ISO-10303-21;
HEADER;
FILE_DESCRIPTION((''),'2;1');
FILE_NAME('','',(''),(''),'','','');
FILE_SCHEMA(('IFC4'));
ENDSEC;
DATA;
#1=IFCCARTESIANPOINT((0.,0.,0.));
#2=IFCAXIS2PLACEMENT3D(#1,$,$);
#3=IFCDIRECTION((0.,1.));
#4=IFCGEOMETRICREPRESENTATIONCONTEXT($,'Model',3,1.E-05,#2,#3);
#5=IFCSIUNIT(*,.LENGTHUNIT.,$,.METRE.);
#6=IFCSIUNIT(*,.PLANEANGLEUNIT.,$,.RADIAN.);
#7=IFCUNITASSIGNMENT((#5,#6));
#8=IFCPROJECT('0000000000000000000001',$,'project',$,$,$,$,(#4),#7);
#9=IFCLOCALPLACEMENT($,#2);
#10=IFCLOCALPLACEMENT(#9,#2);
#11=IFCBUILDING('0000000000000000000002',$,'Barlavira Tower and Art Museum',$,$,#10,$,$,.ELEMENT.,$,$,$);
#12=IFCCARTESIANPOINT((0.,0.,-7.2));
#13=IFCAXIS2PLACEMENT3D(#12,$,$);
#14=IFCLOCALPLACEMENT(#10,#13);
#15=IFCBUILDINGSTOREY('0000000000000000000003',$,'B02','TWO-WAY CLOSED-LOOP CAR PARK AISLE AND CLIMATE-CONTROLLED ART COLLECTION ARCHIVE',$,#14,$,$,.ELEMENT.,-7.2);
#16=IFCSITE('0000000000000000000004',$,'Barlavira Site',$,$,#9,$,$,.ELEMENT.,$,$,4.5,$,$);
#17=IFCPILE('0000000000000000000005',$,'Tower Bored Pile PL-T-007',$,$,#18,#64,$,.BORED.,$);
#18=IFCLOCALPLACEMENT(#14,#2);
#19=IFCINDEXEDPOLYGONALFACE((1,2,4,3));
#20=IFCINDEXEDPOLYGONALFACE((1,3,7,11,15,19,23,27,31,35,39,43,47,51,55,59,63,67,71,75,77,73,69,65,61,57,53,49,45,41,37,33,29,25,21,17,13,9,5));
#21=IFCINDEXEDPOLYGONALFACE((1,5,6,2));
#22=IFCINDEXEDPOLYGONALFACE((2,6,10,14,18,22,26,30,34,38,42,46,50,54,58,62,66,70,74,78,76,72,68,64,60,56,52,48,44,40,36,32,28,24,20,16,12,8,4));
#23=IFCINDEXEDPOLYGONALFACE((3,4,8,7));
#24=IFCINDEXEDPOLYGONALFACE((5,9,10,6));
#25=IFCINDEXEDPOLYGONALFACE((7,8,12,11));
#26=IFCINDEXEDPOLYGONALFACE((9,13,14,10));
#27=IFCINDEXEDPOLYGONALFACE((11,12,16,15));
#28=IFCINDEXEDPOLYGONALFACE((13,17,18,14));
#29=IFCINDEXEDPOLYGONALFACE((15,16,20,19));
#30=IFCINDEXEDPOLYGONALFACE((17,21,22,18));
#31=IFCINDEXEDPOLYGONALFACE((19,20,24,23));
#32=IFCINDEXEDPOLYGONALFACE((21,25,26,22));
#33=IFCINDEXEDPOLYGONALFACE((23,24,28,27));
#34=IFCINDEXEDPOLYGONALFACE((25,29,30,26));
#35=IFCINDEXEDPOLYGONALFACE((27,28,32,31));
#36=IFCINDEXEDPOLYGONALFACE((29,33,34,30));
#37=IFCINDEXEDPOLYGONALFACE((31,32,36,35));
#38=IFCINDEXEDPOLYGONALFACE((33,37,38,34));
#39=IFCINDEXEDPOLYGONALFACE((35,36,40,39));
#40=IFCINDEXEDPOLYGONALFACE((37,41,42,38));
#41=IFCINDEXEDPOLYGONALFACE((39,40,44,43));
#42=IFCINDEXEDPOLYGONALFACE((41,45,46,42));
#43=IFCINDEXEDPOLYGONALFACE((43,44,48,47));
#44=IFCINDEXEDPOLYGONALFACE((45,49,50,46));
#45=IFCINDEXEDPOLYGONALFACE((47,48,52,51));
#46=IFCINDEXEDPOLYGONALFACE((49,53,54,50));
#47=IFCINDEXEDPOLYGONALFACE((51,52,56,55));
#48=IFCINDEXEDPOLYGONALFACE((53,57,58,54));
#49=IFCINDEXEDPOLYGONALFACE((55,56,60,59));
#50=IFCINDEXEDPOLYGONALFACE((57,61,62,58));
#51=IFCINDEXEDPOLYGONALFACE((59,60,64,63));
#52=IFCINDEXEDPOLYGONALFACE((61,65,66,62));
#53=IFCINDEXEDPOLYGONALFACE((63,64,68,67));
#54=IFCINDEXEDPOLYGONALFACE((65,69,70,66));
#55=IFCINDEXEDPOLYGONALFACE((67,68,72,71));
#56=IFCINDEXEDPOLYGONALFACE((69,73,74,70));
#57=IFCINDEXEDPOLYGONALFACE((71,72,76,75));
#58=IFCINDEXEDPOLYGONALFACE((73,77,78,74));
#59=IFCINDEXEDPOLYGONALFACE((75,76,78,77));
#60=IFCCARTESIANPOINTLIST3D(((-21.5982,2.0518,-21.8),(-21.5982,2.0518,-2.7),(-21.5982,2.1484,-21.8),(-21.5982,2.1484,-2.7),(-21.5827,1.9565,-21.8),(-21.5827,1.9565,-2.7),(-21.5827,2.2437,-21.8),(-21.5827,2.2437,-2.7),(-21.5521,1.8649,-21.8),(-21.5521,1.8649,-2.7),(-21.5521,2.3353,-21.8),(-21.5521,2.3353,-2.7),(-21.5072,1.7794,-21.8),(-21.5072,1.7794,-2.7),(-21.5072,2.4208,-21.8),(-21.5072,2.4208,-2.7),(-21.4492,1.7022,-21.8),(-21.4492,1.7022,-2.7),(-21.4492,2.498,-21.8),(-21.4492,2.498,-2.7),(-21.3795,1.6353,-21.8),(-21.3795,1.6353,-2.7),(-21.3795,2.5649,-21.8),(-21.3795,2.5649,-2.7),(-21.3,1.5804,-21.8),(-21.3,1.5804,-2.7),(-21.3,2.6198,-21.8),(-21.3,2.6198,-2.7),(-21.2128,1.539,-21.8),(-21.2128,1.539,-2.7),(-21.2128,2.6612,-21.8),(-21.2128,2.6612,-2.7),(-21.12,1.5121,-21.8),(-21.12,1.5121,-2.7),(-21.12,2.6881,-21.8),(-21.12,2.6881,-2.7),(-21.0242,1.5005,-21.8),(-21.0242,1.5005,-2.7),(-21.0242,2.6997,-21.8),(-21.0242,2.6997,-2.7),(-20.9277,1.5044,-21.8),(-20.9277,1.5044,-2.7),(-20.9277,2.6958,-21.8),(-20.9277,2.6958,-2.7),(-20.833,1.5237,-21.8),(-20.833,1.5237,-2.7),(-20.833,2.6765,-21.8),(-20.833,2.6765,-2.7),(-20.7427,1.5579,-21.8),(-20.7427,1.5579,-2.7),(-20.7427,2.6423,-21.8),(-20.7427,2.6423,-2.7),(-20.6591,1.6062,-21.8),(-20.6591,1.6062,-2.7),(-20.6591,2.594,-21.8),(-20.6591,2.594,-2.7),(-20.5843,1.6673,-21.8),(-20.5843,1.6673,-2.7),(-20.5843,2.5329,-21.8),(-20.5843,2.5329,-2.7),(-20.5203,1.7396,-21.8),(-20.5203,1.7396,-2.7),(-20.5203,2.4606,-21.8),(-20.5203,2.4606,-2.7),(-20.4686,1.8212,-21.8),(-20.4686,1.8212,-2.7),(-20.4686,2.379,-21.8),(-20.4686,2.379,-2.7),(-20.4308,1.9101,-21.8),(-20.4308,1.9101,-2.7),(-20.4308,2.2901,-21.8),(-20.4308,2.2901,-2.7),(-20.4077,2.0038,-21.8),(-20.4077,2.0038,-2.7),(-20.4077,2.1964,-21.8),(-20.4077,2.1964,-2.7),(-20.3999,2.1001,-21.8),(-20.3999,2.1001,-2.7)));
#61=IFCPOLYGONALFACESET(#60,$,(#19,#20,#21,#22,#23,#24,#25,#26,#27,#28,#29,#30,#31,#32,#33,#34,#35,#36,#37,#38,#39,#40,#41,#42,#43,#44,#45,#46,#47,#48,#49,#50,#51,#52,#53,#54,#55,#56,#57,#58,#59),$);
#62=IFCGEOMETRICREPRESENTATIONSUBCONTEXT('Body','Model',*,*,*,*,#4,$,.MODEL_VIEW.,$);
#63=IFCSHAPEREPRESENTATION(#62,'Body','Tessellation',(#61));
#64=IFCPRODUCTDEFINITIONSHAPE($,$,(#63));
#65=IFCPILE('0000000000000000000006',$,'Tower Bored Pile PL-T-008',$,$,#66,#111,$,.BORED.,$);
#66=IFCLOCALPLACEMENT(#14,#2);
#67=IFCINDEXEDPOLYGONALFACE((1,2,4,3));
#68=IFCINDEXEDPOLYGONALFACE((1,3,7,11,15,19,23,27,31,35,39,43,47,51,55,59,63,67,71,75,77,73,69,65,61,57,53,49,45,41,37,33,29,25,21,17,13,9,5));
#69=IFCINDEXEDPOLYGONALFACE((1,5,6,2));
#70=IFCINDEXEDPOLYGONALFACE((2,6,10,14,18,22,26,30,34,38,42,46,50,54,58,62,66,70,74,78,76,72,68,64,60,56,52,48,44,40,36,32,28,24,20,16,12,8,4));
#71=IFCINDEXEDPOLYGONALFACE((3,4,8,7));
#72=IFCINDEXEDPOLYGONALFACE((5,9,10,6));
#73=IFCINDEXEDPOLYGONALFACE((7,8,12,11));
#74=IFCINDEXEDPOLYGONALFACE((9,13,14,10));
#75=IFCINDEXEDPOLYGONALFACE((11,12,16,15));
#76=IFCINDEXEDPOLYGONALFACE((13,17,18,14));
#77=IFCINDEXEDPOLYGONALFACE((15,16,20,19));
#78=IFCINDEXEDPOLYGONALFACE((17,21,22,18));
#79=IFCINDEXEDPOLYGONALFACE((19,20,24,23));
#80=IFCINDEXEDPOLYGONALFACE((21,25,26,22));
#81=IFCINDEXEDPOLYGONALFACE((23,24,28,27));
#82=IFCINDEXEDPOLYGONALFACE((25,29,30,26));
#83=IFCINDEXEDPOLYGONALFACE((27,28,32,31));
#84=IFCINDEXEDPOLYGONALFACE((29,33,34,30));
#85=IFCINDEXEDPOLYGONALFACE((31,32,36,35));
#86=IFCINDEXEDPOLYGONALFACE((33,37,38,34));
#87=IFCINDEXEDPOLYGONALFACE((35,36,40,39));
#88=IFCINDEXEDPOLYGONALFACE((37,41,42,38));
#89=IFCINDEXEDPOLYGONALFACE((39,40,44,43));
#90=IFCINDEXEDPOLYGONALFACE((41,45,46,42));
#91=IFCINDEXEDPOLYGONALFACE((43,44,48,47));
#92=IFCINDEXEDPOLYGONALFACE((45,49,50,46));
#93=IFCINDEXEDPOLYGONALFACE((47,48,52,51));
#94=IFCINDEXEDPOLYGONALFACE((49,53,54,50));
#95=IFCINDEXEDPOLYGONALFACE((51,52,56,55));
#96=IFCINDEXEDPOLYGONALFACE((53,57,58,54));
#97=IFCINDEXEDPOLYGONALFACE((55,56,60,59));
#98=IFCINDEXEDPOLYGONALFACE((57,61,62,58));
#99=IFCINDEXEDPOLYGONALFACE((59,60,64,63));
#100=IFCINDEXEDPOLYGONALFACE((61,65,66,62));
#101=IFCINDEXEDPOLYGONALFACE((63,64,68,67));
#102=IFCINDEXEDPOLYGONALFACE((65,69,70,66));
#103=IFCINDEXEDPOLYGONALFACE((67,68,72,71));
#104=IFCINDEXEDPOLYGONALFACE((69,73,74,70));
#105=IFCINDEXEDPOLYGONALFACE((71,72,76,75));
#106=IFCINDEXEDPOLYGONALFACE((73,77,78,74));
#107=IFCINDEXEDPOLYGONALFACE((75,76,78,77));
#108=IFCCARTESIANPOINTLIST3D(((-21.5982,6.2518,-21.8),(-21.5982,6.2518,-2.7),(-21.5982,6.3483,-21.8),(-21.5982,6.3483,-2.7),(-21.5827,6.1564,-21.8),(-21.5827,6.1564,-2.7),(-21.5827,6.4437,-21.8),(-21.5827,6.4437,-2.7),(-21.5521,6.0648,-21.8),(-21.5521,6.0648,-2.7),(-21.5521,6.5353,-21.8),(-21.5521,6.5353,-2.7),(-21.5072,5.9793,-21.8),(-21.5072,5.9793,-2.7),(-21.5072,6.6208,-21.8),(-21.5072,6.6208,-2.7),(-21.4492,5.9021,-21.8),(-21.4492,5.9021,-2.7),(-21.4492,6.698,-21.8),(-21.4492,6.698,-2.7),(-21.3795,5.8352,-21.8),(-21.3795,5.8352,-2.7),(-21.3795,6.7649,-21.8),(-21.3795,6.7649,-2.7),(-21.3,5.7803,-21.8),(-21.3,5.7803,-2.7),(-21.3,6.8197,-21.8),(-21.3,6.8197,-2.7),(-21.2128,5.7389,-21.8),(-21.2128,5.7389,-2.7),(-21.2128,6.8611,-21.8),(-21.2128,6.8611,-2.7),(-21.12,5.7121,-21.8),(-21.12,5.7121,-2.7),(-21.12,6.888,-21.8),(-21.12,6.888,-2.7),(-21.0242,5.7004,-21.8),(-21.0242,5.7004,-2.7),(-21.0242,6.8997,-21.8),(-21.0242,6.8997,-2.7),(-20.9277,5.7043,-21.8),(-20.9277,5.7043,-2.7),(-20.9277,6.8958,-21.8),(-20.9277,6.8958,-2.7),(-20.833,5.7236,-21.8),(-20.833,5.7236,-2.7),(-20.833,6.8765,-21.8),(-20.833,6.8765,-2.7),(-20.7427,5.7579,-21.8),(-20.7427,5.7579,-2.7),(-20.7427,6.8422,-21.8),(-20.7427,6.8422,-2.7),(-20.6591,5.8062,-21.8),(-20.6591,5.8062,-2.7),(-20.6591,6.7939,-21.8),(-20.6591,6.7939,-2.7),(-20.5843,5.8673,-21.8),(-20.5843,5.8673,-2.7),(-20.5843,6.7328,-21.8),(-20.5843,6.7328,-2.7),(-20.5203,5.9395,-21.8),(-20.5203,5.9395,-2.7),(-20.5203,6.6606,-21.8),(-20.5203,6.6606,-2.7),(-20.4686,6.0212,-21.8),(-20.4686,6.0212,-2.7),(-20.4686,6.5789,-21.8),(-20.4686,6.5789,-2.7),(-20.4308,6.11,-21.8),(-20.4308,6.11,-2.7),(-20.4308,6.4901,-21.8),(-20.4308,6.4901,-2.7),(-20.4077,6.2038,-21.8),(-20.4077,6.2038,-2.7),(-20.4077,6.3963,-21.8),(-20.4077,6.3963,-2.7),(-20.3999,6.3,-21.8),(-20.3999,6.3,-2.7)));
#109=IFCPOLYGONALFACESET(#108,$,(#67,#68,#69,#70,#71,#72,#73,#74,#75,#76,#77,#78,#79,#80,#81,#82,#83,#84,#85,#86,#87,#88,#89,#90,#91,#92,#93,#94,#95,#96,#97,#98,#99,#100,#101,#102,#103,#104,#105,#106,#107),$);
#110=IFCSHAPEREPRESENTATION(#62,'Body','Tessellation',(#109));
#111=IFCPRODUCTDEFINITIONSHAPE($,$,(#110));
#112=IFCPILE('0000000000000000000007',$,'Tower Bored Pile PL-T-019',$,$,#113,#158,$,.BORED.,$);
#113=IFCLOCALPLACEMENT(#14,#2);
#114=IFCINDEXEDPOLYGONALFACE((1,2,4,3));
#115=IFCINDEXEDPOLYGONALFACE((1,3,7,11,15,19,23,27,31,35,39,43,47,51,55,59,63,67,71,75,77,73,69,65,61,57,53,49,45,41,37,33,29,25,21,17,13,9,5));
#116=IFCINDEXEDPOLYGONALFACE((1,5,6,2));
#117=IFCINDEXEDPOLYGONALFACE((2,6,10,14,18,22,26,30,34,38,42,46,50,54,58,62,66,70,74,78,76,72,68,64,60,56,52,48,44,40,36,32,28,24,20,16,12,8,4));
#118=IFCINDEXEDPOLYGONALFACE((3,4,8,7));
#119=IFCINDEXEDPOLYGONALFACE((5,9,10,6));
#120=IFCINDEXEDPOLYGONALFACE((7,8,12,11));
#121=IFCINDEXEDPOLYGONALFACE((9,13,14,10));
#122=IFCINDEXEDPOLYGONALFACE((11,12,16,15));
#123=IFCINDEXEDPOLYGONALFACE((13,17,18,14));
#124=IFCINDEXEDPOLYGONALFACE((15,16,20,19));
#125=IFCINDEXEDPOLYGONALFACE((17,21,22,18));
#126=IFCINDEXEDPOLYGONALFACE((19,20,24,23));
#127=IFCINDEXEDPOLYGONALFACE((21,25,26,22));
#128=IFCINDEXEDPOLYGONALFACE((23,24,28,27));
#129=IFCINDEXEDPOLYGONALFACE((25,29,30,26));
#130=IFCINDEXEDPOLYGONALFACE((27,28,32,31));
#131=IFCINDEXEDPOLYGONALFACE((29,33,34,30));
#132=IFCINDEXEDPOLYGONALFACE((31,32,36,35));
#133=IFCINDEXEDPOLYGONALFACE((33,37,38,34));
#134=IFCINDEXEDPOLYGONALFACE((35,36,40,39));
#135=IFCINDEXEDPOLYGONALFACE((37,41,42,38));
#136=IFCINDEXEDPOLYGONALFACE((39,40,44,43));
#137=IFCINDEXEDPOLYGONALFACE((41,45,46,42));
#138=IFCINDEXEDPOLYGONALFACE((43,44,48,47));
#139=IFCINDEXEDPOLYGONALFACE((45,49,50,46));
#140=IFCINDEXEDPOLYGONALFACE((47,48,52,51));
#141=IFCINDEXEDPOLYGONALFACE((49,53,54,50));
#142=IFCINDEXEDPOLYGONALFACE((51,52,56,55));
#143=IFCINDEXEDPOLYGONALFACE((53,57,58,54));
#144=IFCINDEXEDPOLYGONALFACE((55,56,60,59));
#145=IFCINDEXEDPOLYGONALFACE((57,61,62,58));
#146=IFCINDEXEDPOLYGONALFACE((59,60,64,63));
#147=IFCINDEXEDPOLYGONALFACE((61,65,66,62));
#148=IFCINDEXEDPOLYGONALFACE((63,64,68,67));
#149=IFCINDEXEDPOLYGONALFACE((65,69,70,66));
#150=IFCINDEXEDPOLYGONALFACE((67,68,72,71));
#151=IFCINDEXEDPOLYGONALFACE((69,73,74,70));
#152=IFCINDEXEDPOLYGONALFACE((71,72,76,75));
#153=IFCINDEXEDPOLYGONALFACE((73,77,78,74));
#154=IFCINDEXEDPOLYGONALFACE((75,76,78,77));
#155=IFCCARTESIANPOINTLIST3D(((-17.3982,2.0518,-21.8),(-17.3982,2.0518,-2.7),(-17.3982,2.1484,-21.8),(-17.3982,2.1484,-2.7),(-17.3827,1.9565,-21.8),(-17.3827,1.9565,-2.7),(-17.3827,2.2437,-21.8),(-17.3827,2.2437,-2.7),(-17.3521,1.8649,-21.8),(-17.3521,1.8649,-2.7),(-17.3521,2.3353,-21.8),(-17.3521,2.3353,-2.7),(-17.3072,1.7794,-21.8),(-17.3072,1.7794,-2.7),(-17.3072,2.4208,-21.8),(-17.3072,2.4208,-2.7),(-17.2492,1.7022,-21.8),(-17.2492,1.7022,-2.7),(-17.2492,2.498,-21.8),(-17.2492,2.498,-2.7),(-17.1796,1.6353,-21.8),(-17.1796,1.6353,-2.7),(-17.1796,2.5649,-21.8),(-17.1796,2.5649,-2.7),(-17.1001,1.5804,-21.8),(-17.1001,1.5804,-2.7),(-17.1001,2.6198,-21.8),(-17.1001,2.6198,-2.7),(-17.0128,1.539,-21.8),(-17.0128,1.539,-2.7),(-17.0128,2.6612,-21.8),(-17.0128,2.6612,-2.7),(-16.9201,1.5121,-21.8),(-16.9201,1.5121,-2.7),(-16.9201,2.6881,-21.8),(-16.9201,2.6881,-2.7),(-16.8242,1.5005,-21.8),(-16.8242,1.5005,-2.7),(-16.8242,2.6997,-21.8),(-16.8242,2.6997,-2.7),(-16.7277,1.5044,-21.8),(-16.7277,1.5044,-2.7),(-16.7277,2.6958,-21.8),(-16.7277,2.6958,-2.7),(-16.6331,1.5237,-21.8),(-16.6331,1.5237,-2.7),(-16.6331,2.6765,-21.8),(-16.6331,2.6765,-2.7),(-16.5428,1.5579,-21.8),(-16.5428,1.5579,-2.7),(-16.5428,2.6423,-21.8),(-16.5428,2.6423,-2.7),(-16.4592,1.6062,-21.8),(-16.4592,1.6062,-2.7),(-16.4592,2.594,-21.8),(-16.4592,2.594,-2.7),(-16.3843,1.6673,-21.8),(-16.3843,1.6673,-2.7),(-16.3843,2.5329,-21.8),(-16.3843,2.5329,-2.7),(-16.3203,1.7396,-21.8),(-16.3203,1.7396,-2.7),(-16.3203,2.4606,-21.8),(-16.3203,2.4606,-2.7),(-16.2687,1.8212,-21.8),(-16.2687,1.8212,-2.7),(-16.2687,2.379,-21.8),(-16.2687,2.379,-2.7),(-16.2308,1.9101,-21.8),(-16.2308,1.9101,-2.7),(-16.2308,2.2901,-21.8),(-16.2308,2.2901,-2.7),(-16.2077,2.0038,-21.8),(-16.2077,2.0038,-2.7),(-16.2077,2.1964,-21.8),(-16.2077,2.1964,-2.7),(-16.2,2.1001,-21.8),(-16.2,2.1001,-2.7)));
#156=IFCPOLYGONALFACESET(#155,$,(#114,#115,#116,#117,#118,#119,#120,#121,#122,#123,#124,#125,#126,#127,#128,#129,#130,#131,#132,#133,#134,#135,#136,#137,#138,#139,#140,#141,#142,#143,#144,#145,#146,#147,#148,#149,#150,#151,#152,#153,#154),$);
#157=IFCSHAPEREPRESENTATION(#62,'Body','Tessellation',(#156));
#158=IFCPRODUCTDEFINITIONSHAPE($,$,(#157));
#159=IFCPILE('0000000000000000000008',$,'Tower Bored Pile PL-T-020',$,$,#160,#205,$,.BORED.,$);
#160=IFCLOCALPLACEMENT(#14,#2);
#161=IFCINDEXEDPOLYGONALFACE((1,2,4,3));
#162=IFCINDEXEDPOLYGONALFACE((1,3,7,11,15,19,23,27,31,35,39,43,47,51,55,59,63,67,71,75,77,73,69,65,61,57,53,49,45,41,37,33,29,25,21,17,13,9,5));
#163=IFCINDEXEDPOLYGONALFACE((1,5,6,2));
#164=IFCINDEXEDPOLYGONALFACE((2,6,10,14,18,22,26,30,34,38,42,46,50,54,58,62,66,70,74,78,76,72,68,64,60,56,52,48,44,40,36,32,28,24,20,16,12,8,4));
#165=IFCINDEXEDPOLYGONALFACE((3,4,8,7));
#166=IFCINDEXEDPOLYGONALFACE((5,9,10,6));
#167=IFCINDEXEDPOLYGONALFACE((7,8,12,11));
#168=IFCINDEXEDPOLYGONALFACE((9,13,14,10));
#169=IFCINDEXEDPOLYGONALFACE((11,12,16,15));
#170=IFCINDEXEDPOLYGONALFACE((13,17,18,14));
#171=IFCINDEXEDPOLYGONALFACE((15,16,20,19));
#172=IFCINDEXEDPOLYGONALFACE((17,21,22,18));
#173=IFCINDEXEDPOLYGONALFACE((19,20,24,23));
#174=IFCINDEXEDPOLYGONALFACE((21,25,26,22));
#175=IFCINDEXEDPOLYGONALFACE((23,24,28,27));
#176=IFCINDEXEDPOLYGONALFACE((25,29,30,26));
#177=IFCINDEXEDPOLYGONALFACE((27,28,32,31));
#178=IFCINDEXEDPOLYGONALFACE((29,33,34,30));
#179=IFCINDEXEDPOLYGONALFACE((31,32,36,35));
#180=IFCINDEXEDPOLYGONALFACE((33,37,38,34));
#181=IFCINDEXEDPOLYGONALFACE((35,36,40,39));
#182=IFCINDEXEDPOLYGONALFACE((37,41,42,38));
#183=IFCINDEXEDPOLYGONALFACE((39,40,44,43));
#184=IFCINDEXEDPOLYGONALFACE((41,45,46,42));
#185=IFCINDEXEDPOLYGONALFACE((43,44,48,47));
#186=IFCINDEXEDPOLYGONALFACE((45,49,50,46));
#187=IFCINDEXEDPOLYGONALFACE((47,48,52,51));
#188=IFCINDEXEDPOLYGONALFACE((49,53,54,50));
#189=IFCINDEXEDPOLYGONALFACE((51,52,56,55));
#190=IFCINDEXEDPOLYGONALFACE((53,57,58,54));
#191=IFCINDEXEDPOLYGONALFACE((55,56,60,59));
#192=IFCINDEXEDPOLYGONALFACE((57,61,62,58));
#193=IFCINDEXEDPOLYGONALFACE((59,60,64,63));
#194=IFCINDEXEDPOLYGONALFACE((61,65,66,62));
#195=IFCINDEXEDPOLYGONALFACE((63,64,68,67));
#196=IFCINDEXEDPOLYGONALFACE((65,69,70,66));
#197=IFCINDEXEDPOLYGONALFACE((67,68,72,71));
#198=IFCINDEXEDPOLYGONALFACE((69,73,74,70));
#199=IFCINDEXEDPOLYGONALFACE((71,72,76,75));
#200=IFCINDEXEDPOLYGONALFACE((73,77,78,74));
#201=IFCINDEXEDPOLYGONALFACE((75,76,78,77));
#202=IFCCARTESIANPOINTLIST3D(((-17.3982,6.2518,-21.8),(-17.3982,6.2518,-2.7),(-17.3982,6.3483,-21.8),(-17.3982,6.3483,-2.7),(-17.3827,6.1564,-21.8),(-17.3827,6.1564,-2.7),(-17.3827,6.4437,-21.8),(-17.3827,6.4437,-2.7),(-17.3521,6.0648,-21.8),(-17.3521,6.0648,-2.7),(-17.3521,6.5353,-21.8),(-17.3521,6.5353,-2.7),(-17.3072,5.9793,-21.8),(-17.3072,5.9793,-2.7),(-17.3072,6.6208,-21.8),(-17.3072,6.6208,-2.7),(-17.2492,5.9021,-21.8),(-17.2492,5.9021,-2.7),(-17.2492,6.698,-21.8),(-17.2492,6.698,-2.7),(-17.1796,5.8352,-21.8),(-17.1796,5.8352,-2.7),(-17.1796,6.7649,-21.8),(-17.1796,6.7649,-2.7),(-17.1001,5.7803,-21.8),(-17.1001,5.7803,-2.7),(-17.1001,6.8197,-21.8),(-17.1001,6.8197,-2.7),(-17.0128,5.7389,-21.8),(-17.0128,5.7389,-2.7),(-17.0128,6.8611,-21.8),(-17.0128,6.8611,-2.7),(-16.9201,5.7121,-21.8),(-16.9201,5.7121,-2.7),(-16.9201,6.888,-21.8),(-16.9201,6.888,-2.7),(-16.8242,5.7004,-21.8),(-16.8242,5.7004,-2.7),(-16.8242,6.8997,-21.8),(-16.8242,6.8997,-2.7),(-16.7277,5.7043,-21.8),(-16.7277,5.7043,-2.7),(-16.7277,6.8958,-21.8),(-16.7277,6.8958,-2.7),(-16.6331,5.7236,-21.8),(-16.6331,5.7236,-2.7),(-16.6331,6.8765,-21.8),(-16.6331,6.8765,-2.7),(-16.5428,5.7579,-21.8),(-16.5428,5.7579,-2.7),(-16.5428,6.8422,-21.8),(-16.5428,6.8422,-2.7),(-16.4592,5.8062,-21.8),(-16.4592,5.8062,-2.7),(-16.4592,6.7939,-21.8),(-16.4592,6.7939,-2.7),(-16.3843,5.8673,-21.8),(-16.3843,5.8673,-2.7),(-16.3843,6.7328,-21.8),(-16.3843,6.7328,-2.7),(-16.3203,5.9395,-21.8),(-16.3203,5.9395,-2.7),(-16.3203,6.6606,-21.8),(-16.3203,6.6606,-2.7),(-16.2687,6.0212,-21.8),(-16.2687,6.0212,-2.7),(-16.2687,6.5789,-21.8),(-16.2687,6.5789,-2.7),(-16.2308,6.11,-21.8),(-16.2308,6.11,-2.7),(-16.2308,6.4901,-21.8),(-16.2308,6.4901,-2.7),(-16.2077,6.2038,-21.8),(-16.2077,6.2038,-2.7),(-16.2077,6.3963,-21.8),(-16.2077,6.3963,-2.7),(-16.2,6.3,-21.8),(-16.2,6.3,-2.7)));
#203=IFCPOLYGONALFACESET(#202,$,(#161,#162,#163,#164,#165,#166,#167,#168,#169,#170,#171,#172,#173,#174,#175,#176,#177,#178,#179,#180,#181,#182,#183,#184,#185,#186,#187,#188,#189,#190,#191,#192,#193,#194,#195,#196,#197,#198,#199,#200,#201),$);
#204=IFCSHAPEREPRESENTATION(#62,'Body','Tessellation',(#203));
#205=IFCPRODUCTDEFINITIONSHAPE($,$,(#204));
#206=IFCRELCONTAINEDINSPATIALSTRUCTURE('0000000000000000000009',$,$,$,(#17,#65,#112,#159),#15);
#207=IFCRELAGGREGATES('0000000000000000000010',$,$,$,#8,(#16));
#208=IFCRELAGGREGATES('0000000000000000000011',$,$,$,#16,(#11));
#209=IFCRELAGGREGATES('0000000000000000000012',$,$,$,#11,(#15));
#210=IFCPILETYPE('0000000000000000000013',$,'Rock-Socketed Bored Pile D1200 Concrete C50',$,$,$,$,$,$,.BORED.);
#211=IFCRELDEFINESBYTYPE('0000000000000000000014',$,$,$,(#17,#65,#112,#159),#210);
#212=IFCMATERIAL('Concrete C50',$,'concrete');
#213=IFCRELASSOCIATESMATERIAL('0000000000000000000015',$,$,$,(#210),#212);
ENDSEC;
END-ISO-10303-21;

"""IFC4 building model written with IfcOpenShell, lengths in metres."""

from ifc_helpers import new_model, si_unit, direction, frame, origin, origin_2d, place, context, subcontext, project, spatial, circle, extrude, material, material_profile, profile_set, type_object, element, save


model = new_model("IFC4")

# Units and contexts
model_context = context("Model", 3, precision=1e-05, world=origin(), true_north=direction((0.0, 1.0)))
body_context = subcontext(model_context, "Body", "Model", "MODEL_VIEW")
ifc_project = project(units=[si_unit("LENGTHUNIT", "METRE"), si_unit("PLANEANGLEUNIT", "RADIAN")], contexts=[model_context])

# Site, building, storey
site_placement = place(None, origin())
site = spatial("IfcSite", under=ifc_project, at=site_placement, Name="Barlavira Site", CompositionType="ELEMENT", RefElevation=4.5)
building_placement = place(site_placement, origin())
building = spatial("IfcBuilding", under=site, at=building_placement, Name="Barlavira Tower and Art Museum", CompositionType="ELEMENT")
storey_placement = place(building_placement, frame((0.0, 0.0, -7.2)))
storey = spatial("IfcBuildingStorey", under=building, at=storey_placement, Name="B02", Description="TWO-WAY CLOSED-LOOP CAR PARK AISLE AND CLIMATE-CONTROLLED ART COLLECTION ARCHIVE", CompositionType="ELEMENT", Elevation=-7.2)

# Piles
ifc_material_1 = material(Name="Concrete C50", Category="concrete")
ifc_material_profile = material_profile(ifc_material_1, circle(Radius=0.6001, at=origin_2d()), Name="BORED PILE D1200")
ifc_profile_set = profile_set([ifc_material_profile], Name="Concrete C50")
pile_type = type_object("IfcPileType", Name="Rock-Socketed Bored Pile D1200 Concrete C50", PredefinedType="BORED", material=ifc_profile_set)
for number, where, z_axis, x_axis, name in (
    (1, (-21.0, 2.1001, -2.7), (0.0, 0.0, -1.0), (1.0, 0.0, 0.0), "Tower Bored Pile PL-T-007"),
    (2, (-21.0, 6.3, -2.7), (0.0, 0.0, -1.0), (1.0, 0.0, 0.0), "Tower Bored Pile PL-T-008"),
    (3, (-16.8, 2.1001, -2.7), (0.0, 0.0, -1.0), (1.0, 0.0, 0.0), "Tower Bored Pile PL-T-019"),
    (4, (-16.8, 6.3, -2.7), (0.0, 0.0, -1.0), (1.0, 0.0, 0.0), "Tower Bored Pile PL-T-020"),
):
    element("IfcPile", number, at=place(storey_placement, frame(where, z_axis=z_axis, x_axis=x_axis)), inside=storey, type_object=pile_type, Name=name, PredefinedType="BORED", context=body_context, shape_type="SweptSolid", body=[
        extrude(circle(Radius=0.6001, at=origin_2d()), origin(), (0.0, 0.0, 1.0), 19.1001),
    ])

save(model, "model.ifc")
